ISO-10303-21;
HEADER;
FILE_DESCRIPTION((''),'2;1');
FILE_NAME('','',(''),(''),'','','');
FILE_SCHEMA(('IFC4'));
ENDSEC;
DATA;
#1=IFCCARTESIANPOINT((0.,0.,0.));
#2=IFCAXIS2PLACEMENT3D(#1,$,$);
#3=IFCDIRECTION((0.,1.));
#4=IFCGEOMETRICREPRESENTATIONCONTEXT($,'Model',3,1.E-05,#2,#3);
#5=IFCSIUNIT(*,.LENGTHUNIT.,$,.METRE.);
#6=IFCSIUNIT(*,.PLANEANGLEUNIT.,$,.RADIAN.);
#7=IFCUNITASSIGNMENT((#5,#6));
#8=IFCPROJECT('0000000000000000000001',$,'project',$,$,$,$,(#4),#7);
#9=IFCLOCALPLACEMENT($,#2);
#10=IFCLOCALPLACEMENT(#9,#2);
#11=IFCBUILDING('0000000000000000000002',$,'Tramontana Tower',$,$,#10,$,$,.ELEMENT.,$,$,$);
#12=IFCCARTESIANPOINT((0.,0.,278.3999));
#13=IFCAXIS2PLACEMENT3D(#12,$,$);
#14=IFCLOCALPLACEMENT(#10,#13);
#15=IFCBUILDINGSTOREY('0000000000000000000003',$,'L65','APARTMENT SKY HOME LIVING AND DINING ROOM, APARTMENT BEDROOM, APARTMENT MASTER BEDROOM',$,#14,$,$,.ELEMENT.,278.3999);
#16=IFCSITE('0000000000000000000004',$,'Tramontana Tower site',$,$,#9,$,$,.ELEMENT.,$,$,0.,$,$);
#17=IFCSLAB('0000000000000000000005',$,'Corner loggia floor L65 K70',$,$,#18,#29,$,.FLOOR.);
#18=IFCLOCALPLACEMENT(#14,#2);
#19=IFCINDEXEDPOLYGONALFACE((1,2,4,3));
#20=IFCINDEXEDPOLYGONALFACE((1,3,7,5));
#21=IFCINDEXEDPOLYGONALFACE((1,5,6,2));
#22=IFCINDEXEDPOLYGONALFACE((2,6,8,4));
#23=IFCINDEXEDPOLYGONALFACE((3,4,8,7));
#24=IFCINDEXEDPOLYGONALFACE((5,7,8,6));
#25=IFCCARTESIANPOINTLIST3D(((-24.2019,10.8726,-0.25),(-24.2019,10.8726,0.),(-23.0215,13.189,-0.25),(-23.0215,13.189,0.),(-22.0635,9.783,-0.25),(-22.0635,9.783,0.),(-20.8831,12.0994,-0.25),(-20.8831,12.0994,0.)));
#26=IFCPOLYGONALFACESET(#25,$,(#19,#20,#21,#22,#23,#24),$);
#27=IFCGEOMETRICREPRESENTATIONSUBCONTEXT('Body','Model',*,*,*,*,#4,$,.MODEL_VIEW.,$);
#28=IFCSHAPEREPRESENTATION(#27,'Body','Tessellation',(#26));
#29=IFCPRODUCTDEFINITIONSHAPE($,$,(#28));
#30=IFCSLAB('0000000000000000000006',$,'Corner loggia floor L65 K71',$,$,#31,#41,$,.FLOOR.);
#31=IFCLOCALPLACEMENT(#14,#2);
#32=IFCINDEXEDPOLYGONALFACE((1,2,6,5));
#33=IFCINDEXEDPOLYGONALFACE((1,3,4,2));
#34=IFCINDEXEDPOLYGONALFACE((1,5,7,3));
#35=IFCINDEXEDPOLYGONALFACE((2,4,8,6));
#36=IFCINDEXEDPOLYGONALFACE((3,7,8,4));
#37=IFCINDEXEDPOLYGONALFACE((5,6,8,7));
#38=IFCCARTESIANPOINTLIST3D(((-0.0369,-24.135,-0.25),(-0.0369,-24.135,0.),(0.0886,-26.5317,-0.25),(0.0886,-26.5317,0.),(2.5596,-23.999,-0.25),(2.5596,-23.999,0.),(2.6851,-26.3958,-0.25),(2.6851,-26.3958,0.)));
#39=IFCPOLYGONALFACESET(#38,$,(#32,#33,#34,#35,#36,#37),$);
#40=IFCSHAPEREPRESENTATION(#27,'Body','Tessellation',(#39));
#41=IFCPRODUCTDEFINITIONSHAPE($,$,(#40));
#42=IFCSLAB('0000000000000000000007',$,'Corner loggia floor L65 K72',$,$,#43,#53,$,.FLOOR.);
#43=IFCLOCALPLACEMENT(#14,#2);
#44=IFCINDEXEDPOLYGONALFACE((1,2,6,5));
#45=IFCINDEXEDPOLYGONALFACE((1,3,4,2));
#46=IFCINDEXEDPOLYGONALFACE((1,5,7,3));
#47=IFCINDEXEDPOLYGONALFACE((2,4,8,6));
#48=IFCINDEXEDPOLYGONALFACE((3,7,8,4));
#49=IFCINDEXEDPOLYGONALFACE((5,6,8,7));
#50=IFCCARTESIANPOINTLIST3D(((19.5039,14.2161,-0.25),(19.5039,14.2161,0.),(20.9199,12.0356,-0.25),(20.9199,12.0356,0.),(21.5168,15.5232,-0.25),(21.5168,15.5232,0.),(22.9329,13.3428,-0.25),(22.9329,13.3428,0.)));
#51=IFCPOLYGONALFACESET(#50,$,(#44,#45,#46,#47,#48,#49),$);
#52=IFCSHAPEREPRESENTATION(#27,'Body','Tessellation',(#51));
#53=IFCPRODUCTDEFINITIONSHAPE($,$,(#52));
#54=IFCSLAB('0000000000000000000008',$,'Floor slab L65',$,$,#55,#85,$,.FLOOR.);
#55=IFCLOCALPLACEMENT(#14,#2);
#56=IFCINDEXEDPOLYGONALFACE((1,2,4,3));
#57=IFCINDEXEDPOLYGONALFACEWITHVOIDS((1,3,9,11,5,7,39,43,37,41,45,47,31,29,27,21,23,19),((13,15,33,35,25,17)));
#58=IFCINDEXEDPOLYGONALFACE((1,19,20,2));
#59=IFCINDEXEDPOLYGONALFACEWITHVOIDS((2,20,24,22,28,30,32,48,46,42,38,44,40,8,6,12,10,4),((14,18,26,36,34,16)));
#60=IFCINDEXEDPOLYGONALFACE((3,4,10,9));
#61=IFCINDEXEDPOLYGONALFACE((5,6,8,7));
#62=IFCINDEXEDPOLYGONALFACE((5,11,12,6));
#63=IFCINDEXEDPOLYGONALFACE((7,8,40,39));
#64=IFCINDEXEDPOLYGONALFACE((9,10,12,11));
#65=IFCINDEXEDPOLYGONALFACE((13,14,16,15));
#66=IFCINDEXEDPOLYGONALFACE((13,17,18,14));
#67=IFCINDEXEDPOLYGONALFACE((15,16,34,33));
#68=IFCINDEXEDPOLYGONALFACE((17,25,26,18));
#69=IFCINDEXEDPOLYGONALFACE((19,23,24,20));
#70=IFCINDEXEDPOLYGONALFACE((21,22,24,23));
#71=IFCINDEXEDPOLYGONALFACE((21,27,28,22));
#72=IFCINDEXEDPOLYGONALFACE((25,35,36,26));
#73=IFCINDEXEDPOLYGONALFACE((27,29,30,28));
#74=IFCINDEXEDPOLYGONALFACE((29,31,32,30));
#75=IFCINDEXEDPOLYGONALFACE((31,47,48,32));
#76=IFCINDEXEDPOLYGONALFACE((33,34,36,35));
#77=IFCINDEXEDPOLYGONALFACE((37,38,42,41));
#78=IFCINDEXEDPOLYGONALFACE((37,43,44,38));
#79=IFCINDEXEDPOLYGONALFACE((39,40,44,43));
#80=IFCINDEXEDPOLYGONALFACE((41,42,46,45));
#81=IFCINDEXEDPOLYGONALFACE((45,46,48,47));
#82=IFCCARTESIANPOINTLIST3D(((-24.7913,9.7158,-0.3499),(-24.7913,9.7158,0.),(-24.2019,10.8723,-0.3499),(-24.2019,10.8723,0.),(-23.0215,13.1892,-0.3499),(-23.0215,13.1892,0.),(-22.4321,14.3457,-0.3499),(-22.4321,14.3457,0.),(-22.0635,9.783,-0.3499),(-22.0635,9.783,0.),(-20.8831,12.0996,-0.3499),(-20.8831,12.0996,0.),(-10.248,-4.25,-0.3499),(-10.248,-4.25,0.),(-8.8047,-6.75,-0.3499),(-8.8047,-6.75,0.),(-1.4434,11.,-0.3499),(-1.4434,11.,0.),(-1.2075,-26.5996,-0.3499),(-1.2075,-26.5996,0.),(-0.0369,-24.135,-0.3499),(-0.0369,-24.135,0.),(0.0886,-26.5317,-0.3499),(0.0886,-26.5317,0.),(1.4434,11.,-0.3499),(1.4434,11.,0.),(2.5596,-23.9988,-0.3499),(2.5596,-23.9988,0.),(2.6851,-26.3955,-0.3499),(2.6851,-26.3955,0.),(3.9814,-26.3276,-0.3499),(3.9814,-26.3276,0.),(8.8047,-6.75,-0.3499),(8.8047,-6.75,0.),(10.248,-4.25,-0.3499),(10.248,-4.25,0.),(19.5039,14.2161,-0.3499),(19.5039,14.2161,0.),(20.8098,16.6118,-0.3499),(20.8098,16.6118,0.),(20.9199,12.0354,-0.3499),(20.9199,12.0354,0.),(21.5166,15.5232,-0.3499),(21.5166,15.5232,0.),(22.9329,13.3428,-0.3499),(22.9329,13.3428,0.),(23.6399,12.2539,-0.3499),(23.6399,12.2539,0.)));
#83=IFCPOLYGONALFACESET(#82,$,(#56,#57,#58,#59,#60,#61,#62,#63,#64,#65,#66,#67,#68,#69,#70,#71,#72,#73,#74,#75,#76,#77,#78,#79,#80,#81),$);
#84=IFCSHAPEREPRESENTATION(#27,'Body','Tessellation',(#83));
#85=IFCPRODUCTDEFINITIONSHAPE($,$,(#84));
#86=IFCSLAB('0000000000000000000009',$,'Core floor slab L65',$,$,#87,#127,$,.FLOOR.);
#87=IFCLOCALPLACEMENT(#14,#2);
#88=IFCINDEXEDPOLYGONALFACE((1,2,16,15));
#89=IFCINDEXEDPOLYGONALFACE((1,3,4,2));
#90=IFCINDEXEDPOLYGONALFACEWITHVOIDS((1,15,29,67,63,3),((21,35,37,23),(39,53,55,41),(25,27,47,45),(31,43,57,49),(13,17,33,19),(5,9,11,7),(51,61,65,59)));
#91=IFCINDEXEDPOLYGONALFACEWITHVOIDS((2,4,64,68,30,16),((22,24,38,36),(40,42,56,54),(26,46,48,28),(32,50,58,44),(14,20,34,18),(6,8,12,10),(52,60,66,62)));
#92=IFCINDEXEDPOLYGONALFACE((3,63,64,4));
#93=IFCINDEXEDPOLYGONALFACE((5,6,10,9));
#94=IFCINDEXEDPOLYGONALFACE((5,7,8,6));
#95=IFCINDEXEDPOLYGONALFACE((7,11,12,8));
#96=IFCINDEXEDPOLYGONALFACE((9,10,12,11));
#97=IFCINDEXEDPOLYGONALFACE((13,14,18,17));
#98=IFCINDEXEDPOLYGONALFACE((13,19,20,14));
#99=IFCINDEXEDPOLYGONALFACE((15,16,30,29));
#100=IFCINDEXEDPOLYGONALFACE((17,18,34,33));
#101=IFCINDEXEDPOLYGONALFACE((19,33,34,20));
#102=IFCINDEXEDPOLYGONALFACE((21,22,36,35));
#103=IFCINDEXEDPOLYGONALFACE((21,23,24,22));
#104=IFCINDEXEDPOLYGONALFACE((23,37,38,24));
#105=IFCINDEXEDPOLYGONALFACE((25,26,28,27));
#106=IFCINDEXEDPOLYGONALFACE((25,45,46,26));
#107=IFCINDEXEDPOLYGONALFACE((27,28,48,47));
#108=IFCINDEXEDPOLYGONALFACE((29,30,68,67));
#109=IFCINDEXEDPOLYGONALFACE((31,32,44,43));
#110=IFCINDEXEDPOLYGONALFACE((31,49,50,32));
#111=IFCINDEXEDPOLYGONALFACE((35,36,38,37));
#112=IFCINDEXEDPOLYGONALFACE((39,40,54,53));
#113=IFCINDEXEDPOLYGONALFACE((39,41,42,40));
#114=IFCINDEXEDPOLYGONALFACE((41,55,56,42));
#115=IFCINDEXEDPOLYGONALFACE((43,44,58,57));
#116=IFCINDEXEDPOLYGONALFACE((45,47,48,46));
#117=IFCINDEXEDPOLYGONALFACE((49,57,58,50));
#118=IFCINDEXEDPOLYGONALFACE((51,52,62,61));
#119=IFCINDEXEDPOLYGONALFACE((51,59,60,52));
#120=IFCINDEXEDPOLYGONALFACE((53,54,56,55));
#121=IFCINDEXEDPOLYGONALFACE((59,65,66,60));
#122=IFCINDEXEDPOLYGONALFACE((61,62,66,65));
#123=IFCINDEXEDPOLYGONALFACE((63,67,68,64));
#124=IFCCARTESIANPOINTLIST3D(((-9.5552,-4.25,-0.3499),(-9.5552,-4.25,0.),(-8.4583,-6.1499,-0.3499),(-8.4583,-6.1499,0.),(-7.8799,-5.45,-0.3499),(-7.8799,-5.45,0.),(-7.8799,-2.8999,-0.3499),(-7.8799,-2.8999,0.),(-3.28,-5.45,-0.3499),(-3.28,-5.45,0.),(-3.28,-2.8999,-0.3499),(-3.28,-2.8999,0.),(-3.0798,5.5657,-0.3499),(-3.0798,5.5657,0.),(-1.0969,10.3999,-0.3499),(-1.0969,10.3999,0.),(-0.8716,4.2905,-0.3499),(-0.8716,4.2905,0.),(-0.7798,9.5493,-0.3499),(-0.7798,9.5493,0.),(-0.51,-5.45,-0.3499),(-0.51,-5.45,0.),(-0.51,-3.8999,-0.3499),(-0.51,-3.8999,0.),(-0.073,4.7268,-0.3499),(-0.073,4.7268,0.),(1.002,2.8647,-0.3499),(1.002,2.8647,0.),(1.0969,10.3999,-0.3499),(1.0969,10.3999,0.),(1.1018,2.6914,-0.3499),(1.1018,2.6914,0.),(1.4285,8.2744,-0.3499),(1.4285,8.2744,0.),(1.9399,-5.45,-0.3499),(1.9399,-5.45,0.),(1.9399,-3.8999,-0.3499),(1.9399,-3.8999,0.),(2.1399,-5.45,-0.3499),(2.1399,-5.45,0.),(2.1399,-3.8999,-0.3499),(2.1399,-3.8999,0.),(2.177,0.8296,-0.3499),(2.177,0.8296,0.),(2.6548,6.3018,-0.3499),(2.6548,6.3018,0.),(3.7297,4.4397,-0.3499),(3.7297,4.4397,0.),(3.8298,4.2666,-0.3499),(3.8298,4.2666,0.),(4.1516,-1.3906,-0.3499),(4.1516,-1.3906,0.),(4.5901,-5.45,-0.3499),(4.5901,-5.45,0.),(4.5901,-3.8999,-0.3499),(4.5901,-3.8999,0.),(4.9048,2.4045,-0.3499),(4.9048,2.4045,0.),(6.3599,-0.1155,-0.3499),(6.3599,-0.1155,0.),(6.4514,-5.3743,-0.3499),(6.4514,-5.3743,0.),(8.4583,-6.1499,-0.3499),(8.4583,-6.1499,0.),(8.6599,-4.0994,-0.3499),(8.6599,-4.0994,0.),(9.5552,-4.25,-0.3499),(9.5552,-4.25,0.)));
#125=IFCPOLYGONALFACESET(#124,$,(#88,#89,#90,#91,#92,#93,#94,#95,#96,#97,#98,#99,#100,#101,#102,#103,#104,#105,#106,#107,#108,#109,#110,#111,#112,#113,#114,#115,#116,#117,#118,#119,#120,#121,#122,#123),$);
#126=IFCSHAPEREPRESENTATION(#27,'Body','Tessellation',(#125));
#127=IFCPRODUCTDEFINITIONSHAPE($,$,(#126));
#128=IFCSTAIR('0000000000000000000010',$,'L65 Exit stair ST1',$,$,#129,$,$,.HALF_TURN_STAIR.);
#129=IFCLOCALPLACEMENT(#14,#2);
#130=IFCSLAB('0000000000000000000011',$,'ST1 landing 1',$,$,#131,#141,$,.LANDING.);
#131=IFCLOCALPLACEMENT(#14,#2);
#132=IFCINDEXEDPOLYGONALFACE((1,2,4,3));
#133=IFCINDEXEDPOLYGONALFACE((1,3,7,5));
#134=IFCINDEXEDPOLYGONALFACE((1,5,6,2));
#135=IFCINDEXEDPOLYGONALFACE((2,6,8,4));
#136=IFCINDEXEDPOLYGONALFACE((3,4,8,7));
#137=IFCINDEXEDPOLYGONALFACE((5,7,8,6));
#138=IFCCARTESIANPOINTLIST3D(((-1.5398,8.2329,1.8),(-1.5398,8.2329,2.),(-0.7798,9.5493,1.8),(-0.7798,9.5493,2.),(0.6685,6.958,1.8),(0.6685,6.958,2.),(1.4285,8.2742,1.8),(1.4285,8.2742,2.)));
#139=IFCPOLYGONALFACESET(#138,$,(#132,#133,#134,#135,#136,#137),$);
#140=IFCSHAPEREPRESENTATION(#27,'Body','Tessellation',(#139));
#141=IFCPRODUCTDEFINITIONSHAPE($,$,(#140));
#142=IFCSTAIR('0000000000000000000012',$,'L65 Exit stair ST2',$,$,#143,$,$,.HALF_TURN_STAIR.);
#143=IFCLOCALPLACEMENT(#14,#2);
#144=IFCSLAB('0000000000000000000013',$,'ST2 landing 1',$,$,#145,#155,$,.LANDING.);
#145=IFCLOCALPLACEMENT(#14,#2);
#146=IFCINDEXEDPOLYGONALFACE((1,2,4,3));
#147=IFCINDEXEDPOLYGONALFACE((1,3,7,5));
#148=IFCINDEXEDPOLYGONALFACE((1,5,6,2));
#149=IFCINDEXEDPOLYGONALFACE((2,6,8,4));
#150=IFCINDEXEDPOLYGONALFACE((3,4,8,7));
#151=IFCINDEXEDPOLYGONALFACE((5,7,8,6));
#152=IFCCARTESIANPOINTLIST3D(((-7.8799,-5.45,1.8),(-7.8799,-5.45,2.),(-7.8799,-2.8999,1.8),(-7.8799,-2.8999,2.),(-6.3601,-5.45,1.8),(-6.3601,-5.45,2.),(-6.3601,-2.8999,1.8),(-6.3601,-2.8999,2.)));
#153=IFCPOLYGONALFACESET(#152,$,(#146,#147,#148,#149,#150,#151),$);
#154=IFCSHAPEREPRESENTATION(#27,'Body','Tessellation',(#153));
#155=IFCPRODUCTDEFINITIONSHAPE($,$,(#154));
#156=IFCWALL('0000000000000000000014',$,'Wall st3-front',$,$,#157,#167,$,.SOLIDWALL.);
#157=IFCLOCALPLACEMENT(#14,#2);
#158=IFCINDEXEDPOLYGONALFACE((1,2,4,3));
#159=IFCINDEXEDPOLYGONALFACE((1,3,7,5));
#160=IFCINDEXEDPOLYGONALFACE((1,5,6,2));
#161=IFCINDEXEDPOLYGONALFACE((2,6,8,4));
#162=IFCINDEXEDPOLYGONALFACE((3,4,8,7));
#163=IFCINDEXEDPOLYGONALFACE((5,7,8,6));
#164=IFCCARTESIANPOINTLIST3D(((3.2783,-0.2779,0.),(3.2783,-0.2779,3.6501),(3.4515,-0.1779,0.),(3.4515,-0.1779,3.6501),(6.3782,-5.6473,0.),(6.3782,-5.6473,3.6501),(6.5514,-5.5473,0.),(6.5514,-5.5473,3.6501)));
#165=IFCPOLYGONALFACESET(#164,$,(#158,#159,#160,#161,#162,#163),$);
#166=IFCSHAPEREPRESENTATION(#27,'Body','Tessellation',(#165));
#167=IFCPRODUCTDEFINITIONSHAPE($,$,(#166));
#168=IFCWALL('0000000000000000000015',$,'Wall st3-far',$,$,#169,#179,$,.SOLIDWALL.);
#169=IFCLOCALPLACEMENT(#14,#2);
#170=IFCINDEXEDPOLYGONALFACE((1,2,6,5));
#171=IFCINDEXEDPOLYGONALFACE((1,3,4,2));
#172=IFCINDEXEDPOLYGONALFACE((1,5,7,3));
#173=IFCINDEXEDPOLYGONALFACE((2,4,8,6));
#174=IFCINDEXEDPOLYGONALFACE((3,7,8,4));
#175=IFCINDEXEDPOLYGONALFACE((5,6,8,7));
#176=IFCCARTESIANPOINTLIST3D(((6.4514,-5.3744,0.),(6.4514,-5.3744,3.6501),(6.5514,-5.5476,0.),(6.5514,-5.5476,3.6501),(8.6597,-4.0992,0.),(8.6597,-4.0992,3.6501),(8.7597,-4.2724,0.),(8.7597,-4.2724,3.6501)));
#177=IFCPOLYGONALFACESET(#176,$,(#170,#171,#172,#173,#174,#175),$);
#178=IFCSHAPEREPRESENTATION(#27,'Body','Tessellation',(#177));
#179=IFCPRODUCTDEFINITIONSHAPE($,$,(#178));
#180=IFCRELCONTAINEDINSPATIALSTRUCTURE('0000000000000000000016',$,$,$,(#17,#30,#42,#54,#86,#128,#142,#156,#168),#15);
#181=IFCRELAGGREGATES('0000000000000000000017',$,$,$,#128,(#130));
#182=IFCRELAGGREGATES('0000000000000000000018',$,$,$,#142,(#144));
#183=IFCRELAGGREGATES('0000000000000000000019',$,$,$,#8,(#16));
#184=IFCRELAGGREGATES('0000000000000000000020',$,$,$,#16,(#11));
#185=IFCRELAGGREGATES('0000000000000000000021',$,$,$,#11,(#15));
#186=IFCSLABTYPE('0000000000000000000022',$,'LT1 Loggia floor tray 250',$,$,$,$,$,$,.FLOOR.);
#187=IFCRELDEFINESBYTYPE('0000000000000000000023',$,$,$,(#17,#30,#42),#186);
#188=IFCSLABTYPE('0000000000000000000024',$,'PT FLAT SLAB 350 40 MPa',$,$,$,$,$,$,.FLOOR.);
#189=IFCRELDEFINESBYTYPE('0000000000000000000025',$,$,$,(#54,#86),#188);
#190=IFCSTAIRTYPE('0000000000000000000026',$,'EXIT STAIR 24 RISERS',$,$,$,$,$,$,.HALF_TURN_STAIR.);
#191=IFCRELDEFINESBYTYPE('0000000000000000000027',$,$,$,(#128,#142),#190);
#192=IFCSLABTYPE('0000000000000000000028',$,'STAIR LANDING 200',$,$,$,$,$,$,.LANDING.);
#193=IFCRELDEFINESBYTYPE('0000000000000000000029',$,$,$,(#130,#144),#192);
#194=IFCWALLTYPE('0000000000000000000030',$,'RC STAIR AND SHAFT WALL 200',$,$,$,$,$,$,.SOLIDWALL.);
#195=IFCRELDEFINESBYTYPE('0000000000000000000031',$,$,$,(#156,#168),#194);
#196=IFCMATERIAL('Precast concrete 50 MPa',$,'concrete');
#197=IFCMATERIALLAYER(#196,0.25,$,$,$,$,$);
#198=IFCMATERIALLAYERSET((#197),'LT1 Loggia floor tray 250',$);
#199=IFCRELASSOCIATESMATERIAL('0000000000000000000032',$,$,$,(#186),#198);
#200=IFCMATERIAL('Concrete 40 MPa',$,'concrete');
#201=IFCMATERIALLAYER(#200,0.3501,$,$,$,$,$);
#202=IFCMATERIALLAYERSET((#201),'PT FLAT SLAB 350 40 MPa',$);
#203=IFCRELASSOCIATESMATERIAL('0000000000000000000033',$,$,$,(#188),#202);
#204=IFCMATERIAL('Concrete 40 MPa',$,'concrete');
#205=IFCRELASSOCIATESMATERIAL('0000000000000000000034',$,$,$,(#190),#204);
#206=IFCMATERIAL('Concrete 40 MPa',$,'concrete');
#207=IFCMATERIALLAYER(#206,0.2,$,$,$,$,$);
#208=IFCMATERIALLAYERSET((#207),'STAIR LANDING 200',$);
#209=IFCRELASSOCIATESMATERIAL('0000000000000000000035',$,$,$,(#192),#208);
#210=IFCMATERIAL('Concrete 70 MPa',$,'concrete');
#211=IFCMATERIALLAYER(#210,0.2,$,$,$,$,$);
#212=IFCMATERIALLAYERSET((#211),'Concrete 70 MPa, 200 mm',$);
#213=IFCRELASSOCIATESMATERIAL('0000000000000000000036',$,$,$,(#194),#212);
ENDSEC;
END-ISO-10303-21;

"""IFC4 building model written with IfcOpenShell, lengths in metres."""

from ifc_helpers import new_model, si_unit, direction, frame, frame_2d, origin, place, context, subcontext, project, spatial, polyline, rectangle, outline, extrude, material, layer, layer_set, type_object, element, aggregate, save


model = new_model("IFC4")

# Units and contexts
model_context = context("Model", 3, precision=1e-05, world=origin(), true_north=direction((0.0, 1.0)))
body_context = subcontext(model_context, "Body", "Model", "MODEL_VIEW")
ifc_project = project(units=[si_unit("LENGTHUNIT", "METRE"), si_unit("PLANEANGLEUNIT", "RADIAN")], contexts=[model_context])

# Site, building, storey
site_placement = place(None, origin())
site = spatial("IfcSite", under=ifc_project, at=site_placement, Name="Tramontana Tower site", CompositionType="ELEMENT", RefElevation=0.0)
building_placement = place(site_placement, origin())
building = spatial("IfcBuilding", under=site, at=building_placement, Name="Tramontana Tower", CompositionType="ELEMENT")
storey_placement = place(building_placement, frame((0.0, 0.0, 278.3999)))
storey = spatial("IfcBuildingStorey", under=building, at=storey_placement, Name="L65", Description="APARTMENT SKY HOME LIVING AND DINING ROOM, APARTMENT BEDROOM, APARTMENT MASTER BEDROOM", CompositionType="ELEMENT", Elevation=278.3999)

# Slabs
ifc_material_1 = material(Name="Precast concrete 50 MPa", Category="concrete")
ifc_layer_1 = layer(ifc_material_1, 0.25)
ifc_layer_set_1 = layer_set([ifc_layer_1], Name="LT1 Loggia floor tray 250")
slab_type_1 = type_object("IfcSlabType", Name="LT1 Loggia floor tray 250", PredefinedType="FLOOR", material=ifc_layer_set_1)
slab_1_placement = place(storey_placement, frame((0.0, 0.0, -0.25)))
element("IfcSlab", 1, at=slab_1_placement, inside=storey, type_object=slab_type_1, Name="Corner loggia floor L65 K70", PredefinedType="FLOOR", context=body_context, shape_type="SweptSolid", body=[
    extrude(outline(polyline([(-23.0215, 13.189), (-20.8831, 12.0994), (-22.0635, 9.783), (-24.2019, 10.8726), (-23.0215, 13.189)])), origin(), (0.0, 0.0, 1.0), 0.25),
])
slab_2_placement = place(storey_placement, frame((0.0, 0.0, -0.25)))
element("IfcSlab", 2, at=slab_2_placement, inside=storey, type_object=slab_type_1, Name="Corner loggia floor L65 K71", PredefinedType="FLOOR", context=body_context, shape_type="SweptSolid", body=[
    extrude(outline(polyline([(0.0886, -26.5317), (-0.0369, -24.135), (2.5596, -23.999), (2.6851, -26.3958), (0.0886, -26.5317)])), origin(), (0.0, 0.0, 1.0), 0.25),
])
slab_3_placement = place(storey_placement, frame((0.0, 0.0, -0.25)))
element("IfcSlab", 3, at=slab_3_placement, inside=storey, type_object=slab_type_1, Name="Corner loggia floor L65 K72", PredefinedType="FLOOR", context=body_context, shape_type="SweptSolid", body=[
    extrude(outline(polyline([(22.9329, 13.3428), (20.9199, 12.0356), (19.5039, 14.2161), (21.5168, 15.5232), (22.9329, 13.3428)])), origin(), (0.0, 0.0, 1.0), 0.25),
])
ifc_material_2 = material(Name="Concrete 40 MPa", Category="concrete")
ifc_layer_2 = layer(ifc_material_2, 0.3501)
ifc_layer_set_2 = layer_set([ifc_layer_2], Name="PT FLAT SLAB 350 40 MPa")
slab_type_2 = type_object("IfcSlabType", Name="PT FLAT SLAB 350 40 MPa", PredefinedType="FLOOR", material=ifc_layer_set_2)
slab_4_placement = place(storey_placement, frame((0.0, 0.0, -0.3499)))
element("IfcSlab", 4, at=slab_4_placement, inside=storey, type_object=slab_type_2, Name="Floor slab L65", PredefinedType="FLOOR", context=body_context, shape_type="SweptSolid", body=[
    extrude(outline(polyline([(21.5166, 15.5232), (19.5039, 14.2161), (20.9199, 12.0354), (22.9329, 13.3428), (23.6399, 12.2539), (3.9814, -26.3276), (2.6851, -26.3955), (2.5596, -23.9988), (-0.0369, -24.135), (0.0886, -26.5317), (-1.2075, -26.5996), (-24.7913, 9.7158), (-24.2019, 10.8723), (-22.0635, 9.783), (-20.8831, 12.0996), (-23.0215, 13.1892), (-22.4321, 14.3457), (20.8098, 16.6118), (21.5166, 15.5232)]), holes=[polyline([(-10.248, -4.25), (-8.8047, -6.75), (8.8047, -6.75), (10.248, -4.25), (1.4434, 11.0), (-1.4434, 11.0), (-10.248, -4.25)])]), origin(), (0.0, 0.0, 1.0), 0.3499),
])
slab_5_placement = place(storey_placement, frame((0.0, 0.0, -0.3499)))
element("IfcSlab", 5, at=slab_5_placement, inside=storey, type_object=slab_type_2, Name="Core floor slab L65", PredefinedType="FLOOR", context=body_context, shape_type="SweptSolid", body=[
    extrude(outline(polyline([(9.5552, -4.25), (8.4583, -6.1499), (-8.4583, -6.1499), (-9.5552, -4.25), (-1.0969, 10.3999), (1.0969, 10.3999), (9.5552, -4.25)]), holes=[polyline([(8.6599, -4.0994), (6.3599, -0.1155), (4.1516, -1.3906), (6.4514, -5.3743), (8.6599, -4.0994)]), polyline([(3.8298, 4.2666), (1.1018, 2.6914), (2.177, 0.8296), (4.9048, 2.4045), (3.8298, 4.2666)]), polyline([(4.5901, -3.8999), (2.1399, -3.8999), (2.1399, -5.45), (4.5901, -5.45), (4.5901, -3.8999)]), polyline([(2.6548, 6.3018), (-0.073, 4.7268), (1.002, 2.8647), (3.7297, 4.4397), (2.6548, 6.3018)]), polyline([(1.9399, -5.45), (1.9399, -3.8999), (-0.51, -3.8999), (-0.51, -5.45), (1.9399, -5.45)]), polyline([(-0.7798, 9.5493), (-3.0798, 5.5657), (-0.8716, 4.2905), (1.4285, 8.2744), (-0.7798, 9.5493)]), polyline([(-7.8799, -5.45), (-3.28, -5.45), (-3.28, -2.8999), (-7.8799, -2.8999), (-7.8799, -5.45)])]), origin(), (0.0, 0.0, 1.0), 0.3499),
])

# Stairs, slabs
ifc_material_3 = material(Name="Concrete 40 MPa", Category="concrete")
stair_type = type_object("IfcStairType", Name="EXIT STAIR 24 RISERS", PredefinedType="HALF_TURN_STAIR", material=ifc_material_3)
stair_1_placement = place(storey_placement, origin())
stair_1 = element("IfcStair", 6, at=stair_1_placement, inside=storey, type_object=stair_type, Name="L65 Exit stair ST1", PredefinedType="HALF_TURN_STAIR")
ifc_material_4 = material(Name="Concrete 40 MPa", Category="concrete")
ifc_layer_3 = layer(ifc_material_4, 0.2)
ifc_layer_set_3 = layer_set([ifc_layer_3], Name="STAIR LANDING 200")
slab_type_3 = type_object("IfcSlabType", Name="STAIR LANDING 200", PredefinedType="LANDING", material=ifc_layer_set_3)
slab_6_placement = place(storey_placement, frame((0.0, 0.0, 1.8)))
slab_6 = element("IfcSlab", 7, at=slab_6_placement, type_object=slab_type_3, Name="ST1 landing 1", PredefinedType="LANDING", context=body_context, shape_type="SweptSolid", body=[
    extrude(outline(polyline([(0.6685, 6.958), (1.4285, 8.2742), (-0.7798, 9.5493), (-1.5398, 8.2329), (0.6685, 6.958)])), origin(), (0.0, 0.0, 1.0), 0.2),
])
aggregate(stair_1, [slab_6])
stair_2_placement = place(storey_placement, origin())
stair_2 = element("IfcStair", 8, at=stair_2_placement, inside=storey, type_object=stair_type, Name="L65 Exit stair ST2", PredefinedType="HALF_TURN_STAIR")
slab_7_placement = place(storey_placement, frame((0.0, 0.0, 1.8)))
slab_7 = element("IfcSlab", 9, at=slab_7_placement, type_object=slab_type_3, Name="ST2 landing 1", PredefinedType="LANDING", context=body_context, shape_type="SweptSolid", body=[
    extrude(outline(polyline([(-6.3601, -2.8999), (-7.8799, -2.8999), (-7.8799, -5.45), (-6.3601, -5.45), (-6.3601, -2.8999)])), origin(), (0.0, 0.0, 1.0), 0.2),
])
aggregate(stair_2, [slab_7])

# Walls
ifc_material_5 = material(Name="Concrete 70 MPa", Category="concrete")
ifc_layer_4 = layer(ifc_material_5, 0.2)
ifc_layer_set_4 = layer_set([ifc_layer_4], Name="Concrete 70 MPa, 200 mm")
wall_type = type_object("IfcWallType", Name="RC STAIR AND SHAFT WALL 200", PredefinedType="SOLIDWALL", material=ifc_layer_set_4)
wall_1_placement = place(storey_placement, frame((6.4648, -5.5974, 0.0), z_axis=(0.0, 0.0, 1.0), x_axis=(-0.49998, 0.866037, 0.0)))
element("IfcWall", 10, at=wall_1_placement, inside=storey, type_object=wall_type, Name="Wall st3-front", PredefinedType="SOLIDWALL", context=body_context, shape_type="SweptSolid", body=[
    extrude(rectangle(XDim=6.2, YDim=0.2, at=frame_2d((3.1001, 0.0))), origin(), (0.0, 0.0, 1.0), 3.6501),
])
wall_2_placement = place(storey_placement, frame((6.5015, -5.4609, 0.0), z_axis=(0.0, 0.0, 1.0), x_axis=(0.865989, 0.500062, 0.0)))
element("IfcWall", 11, at=wall_2_placement, inside=storey, type_object=wall_type, Name="Wall st3-far", PredefinedType="SOLIDWALL", context=body_context, shape_type="SweptSolid", body=[
    extrude(rectangle(XDim=2.55, YDim=0.2, at=frame_2d((1.2749, 0.0))), origin(), (0.0, 0.0, 1.0), 3.6501),
])

save(model, "model.ifc")
